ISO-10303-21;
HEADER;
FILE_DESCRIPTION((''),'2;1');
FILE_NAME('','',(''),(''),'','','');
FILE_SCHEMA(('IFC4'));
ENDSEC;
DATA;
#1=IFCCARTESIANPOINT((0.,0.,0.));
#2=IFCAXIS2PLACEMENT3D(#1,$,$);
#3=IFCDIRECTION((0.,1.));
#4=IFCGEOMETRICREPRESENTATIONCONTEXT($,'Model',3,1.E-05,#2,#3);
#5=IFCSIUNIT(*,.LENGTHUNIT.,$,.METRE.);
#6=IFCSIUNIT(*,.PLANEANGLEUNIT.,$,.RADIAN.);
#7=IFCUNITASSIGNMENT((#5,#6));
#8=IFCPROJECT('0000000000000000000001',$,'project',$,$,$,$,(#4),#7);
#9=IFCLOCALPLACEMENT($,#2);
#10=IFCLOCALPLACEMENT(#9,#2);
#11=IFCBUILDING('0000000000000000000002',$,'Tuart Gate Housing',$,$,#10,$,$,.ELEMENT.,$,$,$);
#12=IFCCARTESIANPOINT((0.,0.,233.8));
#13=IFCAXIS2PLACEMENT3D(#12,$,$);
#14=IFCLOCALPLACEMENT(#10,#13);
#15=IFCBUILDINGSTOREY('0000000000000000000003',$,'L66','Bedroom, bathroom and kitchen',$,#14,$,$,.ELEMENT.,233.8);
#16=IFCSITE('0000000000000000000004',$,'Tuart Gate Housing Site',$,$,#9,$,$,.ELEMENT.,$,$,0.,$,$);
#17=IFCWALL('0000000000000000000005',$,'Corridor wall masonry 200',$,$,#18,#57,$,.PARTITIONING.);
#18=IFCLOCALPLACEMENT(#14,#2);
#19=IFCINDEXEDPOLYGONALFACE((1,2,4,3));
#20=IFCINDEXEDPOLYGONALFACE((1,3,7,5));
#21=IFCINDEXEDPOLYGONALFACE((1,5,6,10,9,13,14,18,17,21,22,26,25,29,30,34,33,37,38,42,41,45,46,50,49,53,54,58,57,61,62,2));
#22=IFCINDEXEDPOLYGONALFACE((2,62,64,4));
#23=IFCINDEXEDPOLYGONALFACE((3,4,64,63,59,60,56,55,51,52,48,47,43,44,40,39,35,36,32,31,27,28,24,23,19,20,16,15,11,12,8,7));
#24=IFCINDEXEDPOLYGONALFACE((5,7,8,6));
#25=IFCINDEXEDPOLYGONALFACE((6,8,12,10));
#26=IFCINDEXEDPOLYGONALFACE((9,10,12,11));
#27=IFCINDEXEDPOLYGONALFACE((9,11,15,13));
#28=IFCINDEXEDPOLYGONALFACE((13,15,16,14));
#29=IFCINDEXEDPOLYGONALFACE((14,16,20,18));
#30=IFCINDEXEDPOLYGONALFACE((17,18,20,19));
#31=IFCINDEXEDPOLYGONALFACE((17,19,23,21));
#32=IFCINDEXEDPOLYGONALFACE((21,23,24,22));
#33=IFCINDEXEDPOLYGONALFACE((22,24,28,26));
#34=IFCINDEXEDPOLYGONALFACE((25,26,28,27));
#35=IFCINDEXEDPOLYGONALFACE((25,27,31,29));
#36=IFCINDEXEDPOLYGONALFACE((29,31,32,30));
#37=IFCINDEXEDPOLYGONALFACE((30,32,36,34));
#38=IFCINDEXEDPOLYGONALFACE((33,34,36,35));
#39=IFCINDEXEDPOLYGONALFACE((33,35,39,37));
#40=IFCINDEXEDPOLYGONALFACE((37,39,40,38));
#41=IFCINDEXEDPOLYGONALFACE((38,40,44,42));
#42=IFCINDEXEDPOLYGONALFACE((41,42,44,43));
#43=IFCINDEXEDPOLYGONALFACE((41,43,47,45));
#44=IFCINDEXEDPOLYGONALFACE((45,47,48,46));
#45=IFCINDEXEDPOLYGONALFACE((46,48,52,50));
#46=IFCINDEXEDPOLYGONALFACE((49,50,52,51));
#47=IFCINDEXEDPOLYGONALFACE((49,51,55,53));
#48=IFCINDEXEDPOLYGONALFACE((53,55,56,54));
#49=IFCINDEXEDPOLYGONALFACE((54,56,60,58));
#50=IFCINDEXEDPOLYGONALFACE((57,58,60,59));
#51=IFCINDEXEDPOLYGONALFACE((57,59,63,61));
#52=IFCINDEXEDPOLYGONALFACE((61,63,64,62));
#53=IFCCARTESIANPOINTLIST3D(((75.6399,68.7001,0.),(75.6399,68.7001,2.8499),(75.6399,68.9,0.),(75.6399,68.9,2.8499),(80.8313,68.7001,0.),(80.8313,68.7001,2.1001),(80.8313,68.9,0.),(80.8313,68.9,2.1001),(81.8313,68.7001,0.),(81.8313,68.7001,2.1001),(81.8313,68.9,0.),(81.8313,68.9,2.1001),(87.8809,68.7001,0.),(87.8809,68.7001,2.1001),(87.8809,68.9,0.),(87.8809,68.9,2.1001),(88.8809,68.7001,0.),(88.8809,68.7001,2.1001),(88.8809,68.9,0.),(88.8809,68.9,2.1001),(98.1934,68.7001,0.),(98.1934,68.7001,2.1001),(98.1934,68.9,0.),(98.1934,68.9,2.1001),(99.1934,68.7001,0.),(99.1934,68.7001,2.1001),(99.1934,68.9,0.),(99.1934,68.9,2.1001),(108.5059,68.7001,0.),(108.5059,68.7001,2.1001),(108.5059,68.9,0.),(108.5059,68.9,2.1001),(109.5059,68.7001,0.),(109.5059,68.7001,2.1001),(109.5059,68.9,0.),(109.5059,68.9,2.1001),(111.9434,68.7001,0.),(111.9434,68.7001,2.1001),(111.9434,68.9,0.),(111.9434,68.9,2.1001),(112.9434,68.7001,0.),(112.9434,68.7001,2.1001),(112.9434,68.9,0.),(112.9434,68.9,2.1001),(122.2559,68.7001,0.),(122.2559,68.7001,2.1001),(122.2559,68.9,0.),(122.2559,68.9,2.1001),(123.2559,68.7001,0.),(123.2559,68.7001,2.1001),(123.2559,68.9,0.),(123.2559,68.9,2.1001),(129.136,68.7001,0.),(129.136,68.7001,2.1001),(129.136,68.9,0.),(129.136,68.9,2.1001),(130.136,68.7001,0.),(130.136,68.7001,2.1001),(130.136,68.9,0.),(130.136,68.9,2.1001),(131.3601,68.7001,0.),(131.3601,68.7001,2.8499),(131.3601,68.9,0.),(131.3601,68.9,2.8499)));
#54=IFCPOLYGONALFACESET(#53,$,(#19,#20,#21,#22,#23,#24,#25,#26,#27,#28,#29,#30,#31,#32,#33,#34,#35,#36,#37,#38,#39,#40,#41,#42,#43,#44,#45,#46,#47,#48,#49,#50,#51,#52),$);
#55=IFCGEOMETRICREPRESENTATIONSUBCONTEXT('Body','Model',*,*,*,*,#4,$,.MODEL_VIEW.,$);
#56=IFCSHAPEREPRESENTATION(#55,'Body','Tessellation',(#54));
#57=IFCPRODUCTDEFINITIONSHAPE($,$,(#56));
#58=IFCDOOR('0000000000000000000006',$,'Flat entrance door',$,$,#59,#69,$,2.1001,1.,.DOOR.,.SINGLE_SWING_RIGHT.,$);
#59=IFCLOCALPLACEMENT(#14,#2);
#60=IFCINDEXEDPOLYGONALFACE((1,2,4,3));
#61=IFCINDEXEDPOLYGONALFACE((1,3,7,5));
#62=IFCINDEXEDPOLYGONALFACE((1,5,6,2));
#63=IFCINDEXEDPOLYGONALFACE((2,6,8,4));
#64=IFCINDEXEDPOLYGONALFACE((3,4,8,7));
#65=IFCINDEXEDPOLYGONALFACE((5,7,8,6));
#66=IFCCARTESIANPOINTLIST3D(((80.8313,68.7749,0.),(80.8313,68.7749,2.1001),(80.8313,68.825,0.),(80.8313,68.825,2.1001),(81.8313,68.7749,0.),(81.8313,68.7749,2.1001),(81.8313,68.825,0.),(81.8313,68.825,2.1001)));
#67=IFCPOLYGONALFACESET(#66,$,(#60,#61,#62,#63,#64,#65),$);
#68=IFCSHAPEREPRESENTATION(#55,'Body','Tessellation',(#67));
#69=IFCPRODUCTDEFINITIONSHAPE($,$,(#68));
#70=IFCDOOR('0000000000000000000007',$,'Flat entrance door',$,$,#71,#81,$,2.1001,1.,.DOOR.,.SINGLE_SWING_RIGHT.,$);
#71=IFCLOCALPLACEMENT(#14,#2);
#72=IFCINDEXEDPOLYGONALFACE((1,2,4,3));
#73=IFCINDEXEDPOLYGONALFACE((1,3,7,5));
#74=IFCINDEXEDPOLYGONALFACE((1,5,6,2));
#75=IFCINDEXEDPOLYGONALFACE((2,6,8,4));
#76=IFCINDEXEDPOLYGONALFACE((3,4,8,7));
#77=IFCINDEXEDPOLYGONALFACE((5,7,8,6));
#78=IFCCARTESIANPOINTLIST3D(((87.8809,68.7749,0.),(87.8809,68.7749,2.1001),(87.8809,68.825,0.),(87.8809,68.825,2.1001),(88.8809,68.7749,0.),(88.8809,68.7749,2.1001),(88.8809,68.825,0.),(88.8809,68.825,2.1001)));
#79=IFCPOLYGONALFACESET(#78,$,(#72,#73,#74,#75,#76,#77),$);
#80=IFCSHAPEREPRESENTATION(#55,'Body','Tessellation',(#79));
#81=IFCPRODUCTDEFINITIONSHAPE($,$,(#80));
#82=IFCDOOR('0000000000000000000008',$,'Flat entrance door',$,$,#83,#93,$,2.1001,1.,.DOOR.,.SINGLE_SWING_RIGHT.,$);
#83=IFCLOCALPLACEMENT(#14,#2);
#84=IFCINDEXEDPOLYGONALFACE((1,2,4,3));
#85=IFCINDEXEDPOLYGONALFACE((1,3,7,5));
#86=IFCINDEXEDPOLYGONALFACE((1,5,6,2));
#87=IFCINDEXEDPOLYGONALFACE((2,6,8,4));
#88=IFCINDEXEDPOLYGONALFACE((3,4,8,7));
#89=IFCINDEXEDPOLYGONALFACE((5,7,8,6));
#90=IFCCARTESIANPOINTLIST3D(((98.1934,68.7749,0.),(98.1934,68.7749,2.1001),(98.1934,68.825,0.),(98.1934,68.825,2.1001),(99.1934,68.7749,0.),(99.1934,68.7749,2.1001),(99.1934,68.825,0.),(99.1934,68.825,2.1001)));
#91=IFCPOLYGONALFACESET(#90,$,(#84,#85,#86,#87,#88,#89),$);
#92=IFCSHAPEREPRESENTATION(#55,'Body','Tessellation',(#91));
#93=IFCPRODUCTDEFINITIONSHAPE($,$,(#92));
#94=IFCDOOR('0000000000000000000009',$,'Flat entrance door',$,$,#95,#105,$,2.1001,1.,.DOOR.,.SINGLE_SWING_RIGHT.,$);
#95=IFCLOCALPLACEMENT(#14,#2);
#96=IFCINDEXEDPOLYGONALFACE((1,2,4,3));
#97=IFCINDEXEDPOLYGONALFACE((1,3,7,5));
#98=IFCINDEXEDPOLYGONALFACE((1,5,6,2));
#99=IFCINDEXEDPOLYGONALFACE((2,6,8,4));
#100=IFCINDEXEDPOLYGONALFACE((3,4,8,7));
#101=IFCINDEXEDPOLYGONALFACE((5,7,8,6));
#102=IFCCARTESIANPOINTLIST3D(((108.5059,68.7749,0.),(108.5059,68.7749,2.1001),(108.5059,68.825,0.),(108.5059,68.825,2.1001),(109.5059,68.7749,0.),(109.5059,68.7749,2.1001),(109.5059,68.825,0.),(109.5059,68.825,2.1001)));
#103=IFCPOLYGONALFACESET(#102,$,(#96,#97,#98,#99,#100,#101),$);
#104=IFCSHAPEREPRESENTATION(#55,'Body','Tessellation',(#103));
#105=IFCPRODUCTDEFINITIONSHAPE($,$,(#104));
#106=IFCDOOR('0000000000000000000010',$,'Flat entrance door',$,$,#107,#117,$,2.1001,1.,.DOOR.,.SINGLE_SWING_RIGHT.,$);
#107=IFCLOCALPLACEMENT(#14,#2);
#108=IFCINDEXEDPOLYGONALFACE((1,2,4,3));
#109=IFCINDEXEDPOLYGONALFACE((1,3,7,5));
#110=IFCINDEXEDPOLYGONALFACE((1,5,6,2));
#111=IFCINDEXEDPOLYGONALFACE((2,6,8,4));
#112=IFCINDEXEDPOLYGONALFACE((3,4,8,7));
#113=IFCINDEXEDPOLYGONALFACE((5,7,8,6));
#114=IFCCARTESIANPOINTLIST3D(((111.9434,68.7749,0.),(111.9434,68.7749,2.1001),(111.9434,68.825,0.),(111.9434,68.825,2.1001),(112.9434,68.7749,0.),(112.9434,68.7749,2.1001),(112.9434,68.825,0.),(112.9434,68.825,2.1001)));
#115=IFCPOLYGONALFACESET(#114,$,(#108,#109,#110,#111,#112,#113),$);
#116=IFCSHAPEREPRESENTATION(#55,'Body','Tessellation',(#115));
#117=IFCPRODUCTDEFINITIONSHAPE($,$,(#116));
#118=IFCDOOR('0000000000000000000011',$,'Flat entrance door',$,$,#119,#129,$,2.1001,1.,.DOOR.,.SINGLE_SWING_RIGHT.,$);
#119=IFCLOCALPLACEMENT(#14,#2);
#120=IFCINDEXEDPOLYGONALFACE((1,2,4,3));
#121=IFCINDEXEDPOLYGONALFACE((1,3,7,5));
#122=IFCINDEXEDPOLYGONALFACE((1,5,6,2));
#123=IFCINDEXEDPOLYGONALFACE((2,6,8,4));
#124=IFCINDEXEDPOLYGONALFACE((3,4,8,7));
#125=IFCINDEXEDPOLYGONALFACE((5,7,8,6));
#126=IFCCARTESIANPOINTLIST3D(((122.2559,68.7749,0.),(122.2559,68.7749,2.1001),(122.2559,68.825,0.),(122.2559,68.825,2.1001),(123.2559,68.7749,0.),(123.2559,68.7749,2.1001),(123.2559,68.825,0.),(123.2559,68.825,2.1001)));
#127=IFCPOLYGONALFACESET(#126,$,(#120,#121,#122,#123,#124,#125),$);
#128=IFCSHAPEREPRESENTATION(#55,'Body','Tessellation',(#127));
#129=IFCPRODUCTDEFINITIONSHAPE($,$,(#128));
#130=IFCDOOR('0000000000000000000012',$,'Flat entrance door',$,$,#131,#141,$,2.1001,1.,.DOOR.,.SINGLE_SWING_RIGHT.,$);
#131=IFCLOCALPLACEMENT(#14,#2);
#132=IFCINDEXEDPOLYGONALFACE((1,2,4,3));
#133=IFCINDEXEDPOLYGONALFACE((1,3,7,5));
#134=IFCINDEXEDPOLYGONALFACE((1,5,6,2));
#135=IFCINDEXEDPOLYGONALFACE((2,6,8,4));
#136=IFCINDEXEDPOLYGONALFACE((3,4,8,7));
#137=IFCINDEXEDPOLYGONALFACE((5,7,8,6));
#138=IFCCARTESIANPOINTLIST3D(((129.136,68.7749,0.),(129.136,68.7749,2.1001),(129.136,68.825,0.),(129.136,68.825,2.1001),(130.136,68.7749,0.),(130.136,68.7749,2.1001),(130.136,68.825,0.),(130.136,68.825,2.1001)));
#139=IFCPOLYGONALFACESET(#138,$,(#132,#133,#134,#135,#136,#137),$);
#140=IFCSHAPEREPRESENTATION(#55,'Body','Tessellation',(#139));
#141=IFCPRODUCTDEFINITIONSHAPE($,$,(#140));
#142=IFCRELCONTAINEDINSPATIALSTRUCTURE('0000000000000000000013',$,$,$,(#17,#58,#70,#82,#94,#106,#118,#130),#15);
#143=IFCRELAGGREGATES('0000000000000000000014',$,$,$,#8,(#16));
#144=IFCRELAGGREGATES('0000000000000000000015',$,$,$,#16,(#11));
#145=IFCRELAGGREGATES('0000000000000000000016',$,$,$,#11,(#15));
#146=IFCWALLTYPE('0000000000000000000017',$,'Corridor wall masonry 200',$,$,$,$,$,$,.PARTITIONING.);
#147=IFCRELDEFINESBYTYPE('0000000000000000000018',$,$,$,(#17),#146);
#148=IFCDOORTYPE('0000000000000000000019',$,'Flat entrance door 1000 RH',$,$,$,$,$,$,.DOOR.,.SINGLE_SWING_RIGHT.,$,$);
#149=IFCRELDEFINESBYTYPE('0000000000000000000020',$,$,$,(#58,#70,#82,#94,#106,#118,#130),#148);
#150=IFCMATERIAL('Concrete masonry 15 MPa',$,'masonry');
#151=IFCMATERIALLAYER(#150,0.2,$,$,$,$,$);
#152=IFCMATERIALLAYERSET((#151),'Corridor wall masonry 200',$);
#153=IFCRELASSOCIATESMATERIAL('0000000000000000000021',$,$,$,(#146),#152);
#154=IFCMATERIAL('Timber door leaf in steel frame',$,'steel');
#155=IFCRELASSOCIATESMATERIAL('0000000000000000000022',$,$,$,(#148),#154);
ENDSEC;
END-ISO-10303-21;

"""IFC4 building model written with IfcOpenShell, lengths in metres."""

from ifc_helpers import new_model, si_unit, direction, frame, frame_2d, origin, place, context, subcontext, project, spatial, rectangle, extrude, material, layer, layer_set, type_object, element, fill, save


model = new_model("IFC4")

# Units and contexts
model_context = context("Model", 3, precision=1e-05, world=origin(), true_north=direction((0.0, 1.0)))
body_context = subcontext(model_context, "Body", "Model", "MODEL_VIEW")
ifc_project = project(units=[si_unit("LENGTHUNIT", "METRE"), si_unit("PLANEANGLEUNIT", "RADIAN")], contexts=[model_context])

# Site, building, storey
site_placement = place(None, origin())
site = spatial("IfcSite", under=ifc_project, at=site_placement, Name="Tuart Gate Housing Site", CompositionType="ELEMENT", RefElevation=0.0)
building_placement = place(site_placement, origin())
building = spatial("IfcBuilding", under=site, at=building_placement, Name="Tuart Gate Housing", CompositionType="ELEMENT")
storey_placement = place(building_placement, frame((0.0, 0.0, 233.8)))
storey = spatial("IfcBuildingStorey", under=building, at=storey_placement, Name="L66", Description="Bedroom, bathroom and kitchen", CompositionType="ELEMENT", Elevation=233.8)

# Wall, openings, doors
ifc_material_1 = material(Name="Concrete masonry 15 MPa", Category="masonry")
ifc_layer_1 = layer(ifc_material_1, 0.2)
ifc_layer_set_1 = layer_set([ifc_layer_1], Name="Corridor wall masonry 200")
wall_type_1 = type_object("IfcWallType", Name="Corridor wall masonry 200", PredefinedType="PARTITIONING", material=ifc_layer_set_1)
wall_1_placement = place(storey_placement, frame((75.6399, 68.8, 0.0), z_axis=(0.0, 0.0, 1.0), x_axis=(1.0, 0.0, 0.0)))
wall_1 = element("IfcWall", 1, at=wall_1_placement, inside=storey, type_object=wall_type_1, Name="Corridor wall masonry 200", PredefinedType="PARTITIONING", context=body_context, shape_type="SweptSolid", body=[
    extrude(rectangle(XDim=55.7202, YDim=0.2, at=frame_2d((27.8601, 0.0))), origin(), (0.0, 0.0, 1.0), 2.8499),
])
opening_1_placement = place(wall_1_placement, frame((5.1914, 0.0, 0.0)))
opening_1 = element("IfcOpeningElement", 2, at=opening_1_placement, cuts=wall_1, PredefinedType="OPENING", context=body_context, shape_type="SweptSolid", body=[
    extrude(rectangle(XDim=1.0, YDim=2.1001, at=frame_2d((0.5, 1.05))), frame((0.0, 0.1099, 0.0), z_axis=(0.0, -1.0, 0.0), x_axis=(1.0, 0.0, 0.0)), (0.0, 0.0, 1.0), 0.22),
])
opening_2_placement = place(wall_1_placement, frame((12.241, 0.0, 0.0)))
opening_2 = element("IfcOpeningElement", 3, at=opening_2_placement, cuts=wall_1, PredefinedType="OPENING", context=body_context, shape_type="SweptSolid", body=[
    extrude(rectangle(XDim=1.0, YDim=2.1001, at=frame_2d((0.5, 1.05))), frame((0.0, 0.1099, 0.0), z_axis=(0.0, -1.0, 0.0), x_axis=(1.0, 0.0, 0.0)), (0.0, 0.0, 1.0), 0.22),
])
opening_3_placement = place(wall_1_placement, frame((22.5535, 0.0, 0.0)))
opening_3 = element("IfcOpeningElement", 4, at=opening_3_placement, cuts=wall_1, PredefinedType="OPENING", context=body_context, shape_type="SweptSolid", body=[
    extrude(rectangle(XDim=1.0, YDim=2.1001, at=frame_2d((0.5, 1.05))), frame((0.0, 0.1099, 0.0), z_axis=(0.0, -1.0, 0.0), x_axis=(1.0, 0.0, 0.0)), (0.0, 0.0, 1.0), 0.22),
])
opening_4_placement = place(wall_1_placement, frame((32.866, 0.0, 0.0)))
opening_4 = element("IfcOpeningElement", 5, at=opening_4_placement, cuts=wall_1, PredefinedType="OPENING", context=body_context, shape_type="SweptSolid", body=[
    extrude(rectangle(XDim=1.0, YDim=2.1001, at=frame_2d((0.5, 1.05))), frame((0.0, 0.1099, 0.0), z_axis=(0.0, -1.0, 0.0), x_axis=(1.0, 0.0, 0.0)), (0.0, 0.0, 1.0), 0.22),
])
opening_5_placement = place(wall_1_placement, frame((36.3035, 0.0, 0.0)))
opening_5 = element("IfcOpeningElement", 6, at=opening_5_placement, cuts=wall_1, PredefinedType="OPENING", context=body_context, shape_type="SweptSolid", body=[
    extrude(rectangle(XDim=1.0, YDim=2.1001, at=frame_2d((0.5, 1.05))), frame((0.0, 0.1099, 0.0), z_axis=(0.0, -1.0, 0.0), x_axis=(1.0, 0.0, 0.0)), (0.0, 0.0, 1.0), 0.22),
])
opening_6_placement = place(wall_1_placement, frame((46.616, 0.0, 0.0)))
opening_6 = element("IfcOpeningElement", 7, at=opening_6_placement, cuts=wall_1, PredefinedType="OPENING", context=body_context, shape_type="SweptSolid", body=[
    extrude(rectangle(XDim=1.0, YDim=2.1001, at=frame_2d((0.5, 1.05))), frame((0.0, 0.1099, 0.0), z_axis=(0.0, -1.0, 0.0), x_axis=(1.0, 0.0, 0.0)), (0.0, 0.0, 1.0), 0.22),
])
opening_7_placement = place(wall_1_placement, frame((53.4961, 0.0, 0.0)))
opening_7 = element("IfcOpeningElement", 8, at=opening_7_placement, cuts=wall_1, PredefinedType="OPENING", context=body_context, shape_type="SweptSolid", body=[
    extrude(rectangle(XDim=1.0, YDim=2.1001, at=frame_2d((0.5, 1.05))), frame((0.0, 0.1099, 0.0), z_axis=(0.0, -1.0, 0.0), x_axis=(1.0, 0.0, 0.0)), (0.0, 0.0, 1.0), 0.22),
])
ifc_material_2 = material(Name="Timber door leaf in steel frame", Category="steel")
door_type_1 = type_object("IfcDoorType", Name="Flat entrance door 1000 RH", OperationType="SINGLE_SWING_RIGHT", PredefinedType="DOOR", material=ifc_material_2)
door_1_placement = place(opening_1_placement, frame((1.0, 0.0, 0.0), z_axis=(0.0, 0.0, 1.0), x_axis=(-1.0, 0.0, 0.0)))
door_1 = element("IfcDoor", 9, at=door_1_placement, inside=storey, type_object=door_type_1, Name="Flat entrance door", OperationType="SINGLE_SWING_RIGHT", OverallHeight=2.1001, OverallWidth=1.0, PredefinedType="DOOR", context=body_context, shape_type="SweptSolid", body=[
    extrude(rectangle(XDim=1.0, YDim=2.1001, at=frame_2d((0.5, 1.05))), frame((0.0, 0.0251, 0.0), z_axis=(0.0, -1.0, 0.0), x_axis=(1.0, 0.0, 0.0)), (0.0, 0.0, 1.0), 0.05),
])
fill(opening_1, door_1)
door_2_placement = place(opening_2_placement, frame((1.0, 0.0, 0.0), z_axis=(0.0, 0.0, 1.0), x_axis=(-1.0, 0.0, 0.0)))
door_2 = element("IfcDoor", 10, at=door_2_placement, inside=storey, type_object=door_type_1, Name="Flat entrance door", OperationType="SINGLE_SWING_RIGHT", OverallHeight=2.1001, OverallWidth=1.0, PredefinedType="DOOR", context=body_context, shape_type="SweptSolid", body=[
    extrude(rectangle(XDim=1.0, YDim=2.1001, at=frame_2d((0.5, 1.05))), frame((0.0, 0.0251, 0.0), z_axis=(0.0, -1.0, 0.0), x_axis=(1.0, 0.0, 0.0)), (0.0, 0.0, 1.0), 0.05),
])
fill(opening_2, door_2)
door_3_placement = place(opening_3_placement, frame((1.0, 0.0, 0.0), z_axis=(0.0, 0.0, 1.0), x_axis=(-1.0, 0.0, 0.0)))
door_3 = element("IfcDoor", 11, at=door_3_placement, inside=storey, type_object=door_type_1, Name="Flat entrance door", OperationType="SINGLE_SWING_RIGHT", OverallHeight=2.1001, OverallWidth=1.0, PredefinedType="DOOR", context=body_context, shape_type="SweptSolid", body=[
    extrude(rectangle(XDim=1.0, YDim=2.1001, at=frame_2d((0.5, 1.05))), frame((0.0, 0.0251, 0.0), z_axis=(0.0, -1.0, 0.0), x_axis=(1.0, 0.0, 0.0)), (0.0, 0.0, 1.0), 0.05),
])
fill(opening_3, door_3)
door_4_placement = place(opening_4_placement, frame((1.0, 0.0, 0.0), z_axis=(0.0, 0.0, 1.0), x_axis=(-1.0, 0.0, 0.0)))
door_4 = element("IfcDoor", 12, at=door_4_placement, inside=storey, type_object=door_type_1, Name="Flat entrance door", OperationType="SINGLE_SWING_RIGHT", OverallHeight=2.1001, OverallWidth=1.0, PredefinedType="DOOR", context=body_context, shape_type="SweptSolid", body=[
    extrude(rectangle(XDim=1.0, YDim=2.1001, at=frame_2d((0.5, 1.05))), frame((0.0, 0.0251, 0.0), z_axis=(0.0, -1.0, 0.0), x_axis=(1.0, 0.0, 0.0)), (0.0, 0.0, 1.0), 0.05),
])
fill(opening_4, door_4)
door_5_placement = place(opening_5_placement, frame((1.0, 0.0, 0.0), z_axis=(0.0, 0.0, 1.0), x_axis=(-1.0, 0.0, 0.0)))
door_5 = element("IfcDoor", 13, at=door_5_placement, inside=storey, type_object=door_type_1, Name="Flat entrance door", OperationType="SINGLE_SWING_RIGHT", OverallHeight=2.1001, OverallWidth=1.0, PredefinedType="DOOR", context=body_context, shape_type="SweptSolid", body=[
    extrude(rectangle(XDim=1.0, YDim=2.1001, at=frame_2d((0.5, 1.05))), frame((0.0, 0.0251, 0.0), z_axis=(0.0, -1.0, 0.0), x_axis=(1.0, 0.0, 0.0)), (0.0, 0.0, 1.0), 0.05),
])
fill(opening_5, door_5)
door_6_placement = place(opening_6_placement, frame((1.0, 0.0, 0.0), z_axis=(0.0, 0.0, 1.0), x_axis=(-1.0, 0.0, 0.0)))
door_6 = element("IfcDoor", 14, at=door_6_placement, inside=storey, type_object=door_type_1, Name="Flat entrance door", OperationType="SINGLE_SWING_RIGHT", OverallHeight=2.1001, OverallWidth=1.0, PredefinedType="DOOR", context=body_context, shape_type="SweptSolid", body=[
    extrude(rectangle(XDim=1.0, YDim=2.1001, at=frame_2d((0.5, 1.05))), frame((0.0, 0.0251, 0.0), z_axis=(0.0, -1.0, 0.0), x_axis=(1.0, 0.0, 0.0)), (0.0, 0.0, 1.0), 0.05),
])
fill(opening_6, door_6)
door_7_placement = place(opening_7_placement, frame((1.0, 0.0, 0.0), z_axis=(0.0, 0.0, 1.0), x_axis=(-1.0, 0.0, 0.0)))
door_7 = element("IfcDoor", 15, at=door_7_placement, inside=storey, type_object=door_type_1, Name="Flat entrance door", OperationType="SINGLE_SWING_RIGHT", OverallHeight=2.1001, OverallWidth=1.0, PredefinedType="DOOR", context=body_context, shape_type="SweptSolid", body=[
    extrude(rectangle(XDim=1.0, YDim=2.1001, at=frame_2d((0.5, 1.05))), frame((0.0, 0.0251, 0.0), z_axis=(0.0, -1.0, 0.0), x_axis=(1.0, 0.0, 0.0)), (0.0, 0.0, 1.0), 0.05),
])
fill(opening_7, door_7)

save(model, "model.ifc")
